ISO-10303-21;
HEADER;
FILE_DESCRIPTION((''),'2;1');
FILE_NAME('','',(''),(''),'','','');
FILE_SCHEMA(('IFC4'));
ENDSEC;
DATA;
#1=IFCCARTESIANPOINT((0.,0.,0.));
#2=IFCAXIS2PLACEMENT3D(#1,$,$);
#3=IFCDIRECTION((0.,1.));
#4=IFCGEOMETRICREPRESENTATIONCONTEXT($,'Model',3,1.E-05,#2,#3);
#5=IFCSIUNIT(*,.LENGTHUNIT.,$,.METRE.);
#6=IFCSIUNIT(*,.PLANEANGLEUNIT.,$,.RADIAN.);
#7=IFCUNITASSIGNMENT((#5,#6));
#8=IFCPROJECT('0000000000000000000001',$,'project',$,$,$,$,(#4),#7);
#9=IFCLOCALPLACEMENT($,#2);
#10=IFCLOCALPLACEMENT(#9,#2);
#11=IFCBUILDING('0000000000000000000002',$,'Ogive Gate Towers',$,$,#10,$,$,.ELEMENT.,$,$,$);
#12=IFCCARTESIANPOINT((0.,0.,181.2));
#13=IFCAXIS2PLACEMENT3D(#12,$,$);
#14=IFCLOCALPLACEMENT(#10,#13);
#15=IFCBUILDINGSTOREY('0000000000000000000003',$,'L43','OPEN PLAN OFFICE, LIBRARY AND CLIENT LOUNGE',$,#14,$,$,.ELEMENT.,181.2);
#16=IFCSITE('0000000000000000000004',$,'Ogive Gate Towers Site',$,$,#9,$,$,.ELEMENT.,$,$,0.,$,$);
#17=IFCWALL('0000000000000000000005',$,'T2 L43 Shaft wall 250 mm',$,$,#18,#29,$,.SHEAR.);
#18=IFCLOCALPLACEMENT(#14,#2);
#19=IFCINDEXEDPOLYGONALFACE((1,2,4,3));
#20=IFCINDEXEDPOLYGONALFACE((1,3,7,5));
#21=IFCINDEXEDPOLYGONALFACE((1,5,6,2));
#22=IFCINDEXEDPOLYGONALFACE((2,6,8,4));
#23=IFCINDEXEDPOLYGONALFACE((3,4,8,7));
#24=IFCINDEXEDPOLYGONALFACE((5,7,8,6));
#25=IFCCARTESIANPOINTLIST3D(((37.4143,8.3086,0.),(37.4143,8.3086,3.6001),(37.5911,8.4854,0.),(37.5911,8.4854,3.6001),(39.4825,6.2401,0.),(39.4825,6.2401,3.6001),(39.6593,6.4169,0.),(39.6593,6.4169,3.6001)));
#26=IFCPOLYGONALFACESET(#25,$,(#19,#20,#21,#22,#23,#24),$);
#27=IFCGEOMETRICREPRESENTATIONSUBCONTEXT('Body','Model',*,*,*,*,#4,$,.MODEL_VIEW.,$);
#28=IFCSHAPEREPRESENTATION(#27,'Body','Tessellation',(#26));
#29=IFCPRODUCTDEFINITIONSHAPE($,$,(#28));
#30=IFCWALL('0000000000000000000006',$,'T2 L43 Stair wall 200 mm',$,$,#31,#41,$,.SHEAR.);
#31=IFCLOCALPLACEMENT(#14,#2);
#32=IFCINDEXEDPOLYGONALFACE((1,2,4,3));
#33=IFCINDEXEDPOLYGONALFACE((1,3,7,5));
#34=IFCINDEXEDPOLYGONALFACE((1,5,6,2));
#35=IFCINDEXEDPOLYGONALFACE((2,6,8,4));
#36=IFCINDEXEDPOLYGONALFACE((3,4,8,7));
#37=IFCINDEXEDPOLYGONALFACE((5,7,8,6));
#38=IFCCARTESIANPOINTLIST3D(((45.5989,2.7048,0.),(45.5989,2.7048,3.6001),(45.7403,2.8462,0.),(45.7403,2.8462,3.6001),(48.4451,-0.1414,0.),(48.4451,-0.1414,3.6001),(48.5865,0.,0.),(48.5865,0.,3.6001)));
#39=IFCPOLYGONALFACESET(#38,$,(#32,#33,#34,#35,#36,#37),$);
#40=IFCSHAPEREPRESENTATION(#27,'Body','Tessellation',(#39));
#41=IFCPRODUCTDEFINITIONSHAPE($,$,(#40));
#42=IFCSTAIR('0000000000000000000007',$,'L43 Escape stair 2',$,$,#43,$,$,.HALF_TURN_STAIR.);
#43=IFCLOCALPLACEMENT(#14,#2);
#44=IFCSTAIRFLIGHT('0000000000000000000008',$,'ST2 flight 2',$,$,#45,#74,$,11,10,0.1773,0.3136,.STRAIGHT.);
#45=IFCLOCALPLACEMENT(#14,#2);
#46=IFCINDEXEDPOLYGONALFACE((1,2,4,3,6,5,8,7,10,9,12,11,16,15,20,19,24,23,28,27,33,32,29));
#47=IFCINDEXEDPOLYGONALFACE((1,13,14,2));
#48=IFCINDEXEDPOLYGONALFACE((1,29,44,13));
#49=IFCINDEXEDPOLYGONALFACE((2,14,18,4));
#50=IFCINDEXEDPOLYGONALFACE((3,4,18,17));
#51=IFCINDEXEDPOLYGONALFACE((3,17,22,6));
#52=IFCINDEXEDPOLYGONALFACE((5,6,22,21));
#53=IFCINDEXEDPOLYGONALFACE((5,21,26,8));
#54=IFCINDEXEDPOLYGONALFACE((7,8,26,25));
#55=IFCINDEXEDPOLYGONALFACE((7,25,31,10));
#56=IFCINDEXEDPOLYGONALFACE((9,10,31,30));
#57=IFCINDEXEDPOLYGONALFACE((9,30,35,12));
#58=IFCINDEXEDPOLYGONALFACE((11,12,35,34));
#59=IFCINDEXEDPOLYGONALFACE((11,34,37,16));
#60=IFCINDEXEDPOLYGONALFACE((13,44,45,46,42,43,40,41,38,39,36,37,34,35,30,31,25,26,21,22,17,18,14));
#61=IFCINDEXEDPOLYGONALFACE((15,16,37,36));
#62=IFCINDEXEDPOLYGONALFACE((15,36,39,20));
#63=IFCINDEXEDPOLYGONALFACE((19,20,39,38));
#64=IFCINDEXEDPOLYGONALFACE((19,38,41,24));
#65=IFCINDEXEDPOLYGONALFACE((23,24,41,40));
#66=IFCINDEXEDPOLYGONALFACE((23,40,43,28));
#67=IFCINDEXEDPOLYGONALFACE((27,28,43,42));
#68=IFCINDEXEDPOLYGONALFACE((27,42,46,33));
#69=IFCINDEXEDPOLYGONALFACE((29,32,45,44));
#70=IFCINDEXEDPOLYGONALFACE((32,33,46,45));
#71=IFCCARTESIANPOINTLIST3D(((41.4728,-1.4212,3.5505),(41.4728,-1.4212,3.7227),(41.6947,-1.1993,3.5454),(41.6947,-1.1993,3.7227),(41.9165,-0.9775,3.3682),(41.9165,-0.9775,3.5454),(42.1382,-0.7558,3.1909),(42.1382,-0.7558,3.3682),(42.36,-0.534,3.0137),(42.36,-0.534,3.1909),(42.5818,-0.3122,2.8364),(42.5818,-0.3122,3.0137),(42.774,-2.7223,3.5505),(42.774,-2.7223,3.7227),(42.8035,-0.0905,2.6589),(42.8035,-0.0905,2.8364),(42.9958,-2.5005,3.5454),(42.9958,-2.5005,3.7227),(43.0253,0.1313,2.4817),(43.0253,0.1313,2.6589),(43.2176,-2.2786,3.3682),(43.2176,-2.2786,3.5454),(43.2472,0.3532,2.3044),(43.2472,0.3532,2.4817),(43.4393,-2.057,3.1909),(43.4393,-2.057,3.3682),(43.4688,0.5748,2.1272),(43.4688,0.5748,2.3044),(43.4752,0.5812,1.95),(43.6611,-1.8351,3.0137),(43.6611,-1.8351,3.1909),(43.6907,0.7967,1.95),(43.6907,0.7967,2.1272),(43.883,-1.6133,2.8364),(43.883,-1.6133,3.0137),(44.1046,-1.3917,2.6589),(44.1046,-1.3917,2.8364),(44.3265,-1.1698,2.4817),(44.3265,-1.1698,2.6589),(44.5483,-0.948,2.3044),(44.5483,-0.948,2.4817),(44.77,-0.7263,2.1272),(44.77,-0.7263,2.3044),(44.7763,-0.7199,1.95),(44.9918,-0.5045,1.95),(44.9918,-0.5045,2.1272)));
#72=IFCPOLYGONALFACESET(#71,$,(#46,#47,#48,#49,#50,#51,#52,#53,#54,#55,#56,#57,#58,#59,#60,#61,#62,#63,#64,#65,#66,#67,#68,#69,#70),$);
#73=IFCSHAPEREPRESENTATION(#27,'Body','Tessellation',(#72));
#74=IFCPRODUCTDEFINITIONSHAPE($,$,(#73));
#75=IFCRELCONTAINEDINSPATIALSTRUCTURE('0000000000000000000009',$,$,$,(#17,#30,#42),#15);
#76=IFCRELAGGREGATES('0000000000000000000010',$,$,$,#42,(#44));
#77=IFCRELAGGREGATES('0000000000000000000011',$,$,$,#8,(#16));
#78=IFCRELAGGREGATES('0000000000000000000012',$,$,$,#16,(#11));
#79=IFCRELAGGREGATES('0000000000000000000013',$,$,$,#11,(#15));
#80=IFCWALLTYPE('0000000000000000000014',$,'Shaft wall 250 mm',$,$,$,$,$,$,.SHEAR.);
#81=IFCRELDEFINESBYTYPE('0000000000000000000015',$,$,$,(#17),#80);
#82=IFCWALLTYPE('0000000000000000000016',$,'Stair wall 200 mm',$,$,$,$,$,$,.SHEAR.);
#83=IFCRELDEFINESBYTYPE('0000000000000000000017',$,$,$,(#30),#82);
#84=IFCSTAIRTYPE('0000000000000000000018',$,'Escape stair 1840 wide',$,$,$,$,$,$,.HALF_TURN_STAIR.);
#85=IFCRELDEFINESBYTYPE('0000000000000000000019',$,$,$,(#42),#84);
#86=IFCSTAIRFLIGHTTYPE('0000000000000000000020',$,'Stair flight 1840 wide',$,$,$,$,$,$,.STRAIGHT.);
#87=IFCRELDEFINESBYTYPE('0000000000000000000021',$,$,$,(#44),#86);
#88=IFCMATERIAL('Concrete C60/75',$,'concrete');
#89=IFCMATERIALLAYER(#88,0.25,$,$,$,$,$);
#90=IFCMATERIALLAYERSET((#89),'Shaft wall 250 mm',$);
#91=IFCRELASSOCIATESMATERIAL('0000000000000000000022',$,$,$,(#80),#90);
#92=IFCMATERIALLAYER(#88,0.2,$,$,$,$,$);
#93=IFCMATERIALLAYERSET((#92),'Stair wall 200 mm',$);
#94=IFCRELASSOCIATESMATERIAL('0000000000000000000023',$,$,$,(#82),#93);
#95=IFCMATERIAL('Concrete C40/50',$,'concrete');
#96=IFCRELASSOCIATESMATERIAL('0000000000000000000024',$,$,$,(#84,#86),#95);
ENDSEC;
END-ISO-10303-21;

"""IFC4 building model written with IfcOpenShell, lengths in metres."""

from ifc_helpers import new_model, si_unit, direction, frame, frame_2d, origin, place, context, subcontext, project, spatial, polyline, rectangle, outline, extrude, material, layer, layer_set, type_object, element, aggregate, save


model = new_model("IFC4")

# Units and contexts
model_context = context("Model", 3, precision=1e-05, world=origin(), true_north=direction((0.0, 1.0)))
body_context = subcontext(model_context, "Body", "Model", "MODEL_VIEW")
ifc_project = project(units=[si_unit("LENGTHUNIT", "METRE"), si_unit("PLANEANGLEUNIT", "RADIAN")], contexts=[model_context])

# Site, building, storey
site_placement = place(None, origin())
site = spatial("IfcSite", under=ifc_project, at=site_placement, Name="Ogive Gate Towers Site", CompositionType="ELEMENT", RefElevation=0.0)
building_placement = place(site_placement, origin())
building = spatial("IfcBuilding", under=site, at=building_placement, Name="Ogive Gate Towers", CompositionType="ELEMENT")
storey_placement = place(building_placement, frame((0.0, 0.0, 181.2)))
storey = spatial("IfcBuildingStorey", under=building, at=storey_placement, Name="L43", Description="OPEN PLAN OFFICE, LIBRARY AND CLIENT LOUNGE", CompositionType="ELEMENT", Elevation=181.2)

# Shared definitions
ifc_material_1 = material(Name="Concrete C60/75", Category="concrete")

# Walls
ifc_layer_1 = layer(ifc_material_1, 0.25)
ifc_layer_set_1 = layer_set([ifc_layer_1], Name="Shaft wall 250 mm")
wall_type_1 = type_object("IfcWallType", Name="Shaft wall 250 mm", PredefinedType="SHEAR", material=ifc_layer_set_1)
wall_1_placement = place(storey_placement, frame((39.5708, 6.3286, 0.0), z_axis=(0.0, 0.0, 1.0), x_axis=(-0.707065, 0.707149, 0.0)))
element("IfcWall", 1, at=wall_1_placement, inside=storey, type_object=wall_type_1, Name="T2 L43 Shaft wall 250 mm", PredefinedType="SHEAR", context=body_context, shape_type="SweptSolid", body=[
    extrude(rectangle(XDim=2.925, YDim=0.25, at=frame_2d((1.4624, 0.0))), origin(), (0.0, 0.0, 1.0), 3.6001),
])
ifc_layer_2 = layer(ifc_material_1, 0.2)
ifc_layer_set_2 = layer_set([ifc_layer_2], Name="Stair wall 200 mm")
wall_type_2 = type_object("IfcWallType", Name="Stair wall 200 mm", PredefinedType="SHEAR", material=ifc_layer_set_2)
wall_2_placement = place(storey_placement, frame((48.5159, -0.0708, 0.0), z_axis=(0.0, 0.0, 1.0), x_axis=(-0.707107, 0.707107, 0.0)))
element("IfcWall", 2, at=wall_2_placement, inside=storey, type_object=wall_type_2, Name="T2 L43 Stair wall 200 mm", PredefinedType="SHEAR", context=body_context, shape_type="SweptSolid", body=[
    extrude(rectangle(XDim=4.0251, YDim=0.2, at=frame_2d((2.0127, 0.0))), origin(), (0.0, 0.0, 1.0), 3.6001),
])

# Stair, stair flight
ifc_material_2 = material(Name="Concrete C40/50", Category="concrete")
stair_type = type_object("IfcStairType", Name="Escape stair 1840 wide", PredefinedType="HALF_TURN_STAIR", material=ifc_material_2)
stair_placement = place(storey_placement, origin())
stair = element("IfcStair", 3, at=stair_placement, inside=storey, type_object=stair_type, Name="L43 Escape stair 2", PredefinedType="HALF_TURN_STAIR")
stair_flight_type = type_object("IfcStairFlightType", Name="Stair flight 1840 wide", PredefinedType="STRAIGHT", material=ifc_material_2)
stair_flight_placement = place(storey_placement, frame((44.3413, 0.146, 1.95), z_axis=(0.0, 0.0, 1.0), x_axis=(-0.707107, -0.707107, 0.0)))
stair_flight = element("IfcStairFlight", 4, at=stair_flight_placement, type_object=stair_flight_type, Name="ST2 flight 2", NumberOfRisers=11, NumberOfTreads=10, PredefinedType="STRAIGHT", RiserHeight=0.1773, TreadLength=0.3136, context=body_context, shape_type="SweptSolid", body=[
    extrude(outline(polyline([(0.0, 0.0), (0.0, 0.1772), (0.3137, 0.1772), (0.3137, 0.3545), (0.6272, 0.3545), (0.6272, 0.5317), (0.9409, 0.5317), (0.9409, 0.709), (1.2546, 0.709), (1.2546, 0.8865), (1.5681, 0.8865), (1.5681, 1.0637), (1.8818, 1.0637), (1.8818, 1.241), (2.1956, 1.241), (2.1956, 1.4182), (2.509, 1.4182), (2.509, 1.5955), (2.8228, 1.5955), (2.8228, 1.7727), (3.1365, 1.7727), (3.1365, 1.95), (3.1365, 1.6006), (0.3047, 0.0), (0.0, 0.0)])), frame((0.0, 0.9199, 0.0), z_axis=(0.0, -1.0, 0.0), x_axis=(1.0, 0.0, 0.0)), (0.0, 0.0, 1.0), 1.8401),
])
aggregate(stair, [stair_flight])

save(model, "model.ifc")
